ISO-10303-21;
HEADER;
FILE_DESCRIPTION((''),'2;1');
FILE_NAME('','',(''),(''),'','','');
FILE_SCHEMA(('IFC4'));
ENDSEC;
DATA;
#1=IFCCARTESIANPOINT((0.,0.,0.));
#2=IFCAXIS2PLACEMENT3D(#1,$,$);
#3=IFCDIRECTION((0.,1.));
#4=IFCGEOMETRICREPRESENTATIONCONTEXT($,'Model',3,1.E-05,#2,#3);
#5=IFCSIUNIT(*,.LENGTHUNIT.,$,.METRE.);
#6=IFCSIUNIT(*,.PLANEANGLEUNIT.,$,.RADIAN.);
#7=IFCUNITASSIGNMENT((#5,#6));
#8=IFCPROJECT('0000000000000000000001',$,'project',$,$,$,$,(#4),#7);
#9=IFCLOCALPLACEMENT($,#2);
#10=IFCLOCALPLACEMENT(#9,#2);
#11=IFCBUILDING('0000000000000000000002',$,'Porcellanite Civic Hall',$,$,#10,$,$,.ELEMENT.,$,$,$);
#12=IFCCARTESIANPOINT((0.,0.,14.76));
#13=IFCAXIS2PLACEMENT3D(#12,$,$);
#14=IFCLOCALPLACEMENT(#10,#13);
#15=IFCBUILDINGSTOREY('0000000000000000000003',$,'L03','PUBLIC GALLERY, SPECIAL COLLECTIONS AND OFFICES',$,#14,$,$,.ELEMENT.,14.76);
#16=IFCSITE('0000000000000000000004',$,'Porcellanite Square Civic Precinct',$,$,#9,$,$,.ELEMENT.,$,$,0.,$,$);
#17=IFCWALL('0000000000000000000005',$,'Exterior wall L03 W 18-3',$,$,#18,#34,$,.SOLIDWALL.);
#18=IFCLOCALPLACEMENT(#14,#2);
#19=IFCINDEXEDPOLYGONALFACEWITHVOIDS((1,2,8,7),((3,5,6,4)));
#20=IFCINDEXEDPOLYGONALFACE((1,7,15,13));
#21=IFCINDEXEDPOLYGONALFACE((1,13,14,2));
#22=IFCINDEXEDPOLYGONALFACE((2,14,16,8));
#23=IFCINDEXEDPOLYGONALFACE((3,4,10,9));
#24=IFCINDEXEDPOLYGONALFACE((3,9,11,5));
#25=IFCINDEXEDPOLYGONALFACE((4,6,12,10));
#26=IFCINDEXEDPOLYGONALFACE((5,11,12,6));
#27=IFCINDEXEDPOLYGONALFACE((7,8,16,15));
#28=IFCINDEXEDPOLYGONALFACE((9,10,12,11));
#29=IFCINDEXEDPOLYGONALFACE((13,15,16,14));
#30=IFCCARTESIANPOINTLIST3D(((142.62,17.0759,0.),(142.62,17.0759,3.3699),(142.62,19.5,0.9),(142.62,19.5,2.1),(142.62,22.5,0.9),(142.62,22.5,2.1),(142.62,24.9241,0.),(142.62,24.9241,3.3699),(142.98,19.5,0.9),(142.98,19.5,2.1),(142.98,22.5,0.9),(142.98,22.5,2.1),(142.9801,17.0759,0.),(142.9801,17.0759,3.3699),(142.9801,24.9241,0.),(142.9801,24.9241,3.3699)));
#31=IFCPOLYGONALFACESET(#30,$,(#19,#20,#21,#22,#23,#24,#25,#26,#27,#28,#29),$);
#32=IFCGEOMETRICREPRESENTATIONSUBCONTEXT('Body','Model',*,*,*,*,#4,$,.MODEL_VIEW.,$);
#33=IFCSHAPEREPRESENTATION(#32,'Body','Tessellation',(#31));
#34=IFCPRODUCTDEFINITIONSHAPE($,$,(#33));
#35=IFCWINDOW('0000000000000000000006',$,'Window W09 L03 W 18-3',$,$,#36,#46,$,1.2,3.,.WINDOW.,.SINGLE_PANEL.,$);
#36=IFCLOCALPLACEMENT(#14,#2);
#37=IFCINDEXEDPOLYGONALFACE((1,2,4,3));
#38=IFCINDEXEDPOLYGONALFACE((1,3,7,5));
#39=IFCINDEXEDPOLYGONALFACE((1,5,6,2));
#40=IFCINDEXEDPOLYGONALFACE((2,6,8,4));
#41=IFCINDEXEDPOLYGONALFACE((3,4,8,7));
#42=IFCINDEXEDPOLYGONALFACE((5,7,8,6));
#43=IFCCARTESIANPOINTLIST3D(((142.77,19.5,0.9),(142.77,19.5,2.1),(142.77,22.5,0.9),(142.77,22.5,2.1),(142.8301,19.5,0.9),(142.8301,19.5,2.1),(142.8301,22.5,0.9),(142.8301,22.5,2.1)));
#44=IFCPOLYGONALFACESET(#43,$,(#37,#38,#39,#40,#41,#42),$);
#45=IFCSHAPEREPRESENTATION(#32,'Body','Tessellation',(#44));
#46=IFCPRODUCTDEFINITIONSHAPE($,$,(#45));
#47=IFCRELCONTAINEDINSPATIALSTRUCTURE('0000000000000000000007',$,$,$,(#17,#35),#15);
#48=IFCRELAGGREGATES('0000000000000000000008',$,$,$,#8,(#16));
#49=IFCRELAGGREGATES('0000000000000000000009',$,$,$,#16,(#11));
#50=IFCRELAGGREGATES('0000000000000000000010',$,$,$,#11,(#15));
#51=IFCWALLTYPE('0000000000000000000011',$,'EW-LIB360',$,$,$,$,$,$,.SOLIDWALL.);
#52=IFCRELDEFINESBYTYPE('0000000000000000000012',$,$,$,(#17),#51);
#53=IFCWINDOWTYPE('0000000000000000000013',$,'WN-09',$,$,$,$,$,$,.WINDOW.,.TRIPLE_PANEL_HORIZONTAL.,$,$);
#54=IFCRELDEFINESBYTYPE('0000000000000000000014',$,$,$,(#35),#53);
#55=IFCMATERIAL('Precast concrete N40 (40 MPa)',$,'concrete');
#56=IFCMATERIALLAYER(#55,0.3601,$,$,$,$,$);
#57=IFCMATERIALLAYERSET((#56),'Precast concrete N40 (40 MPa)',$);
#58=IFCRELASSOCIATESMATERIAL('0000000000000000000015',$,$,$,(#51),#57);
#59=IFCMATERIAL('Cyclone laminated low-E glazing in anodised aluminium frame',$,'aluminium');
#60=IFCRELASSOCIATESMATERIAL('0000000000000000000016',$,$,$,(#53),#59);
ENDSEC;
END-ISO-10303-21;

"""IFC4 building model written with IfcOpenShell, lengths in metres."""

from ifc_helpers import new_model, si_unit, direction, frame, frame_2d, origin, place, context, subcontext, project, spatial, rectangle, extrude, material, layer, layer_set, type_object, element, fill, save


model = new_model("IFC4")

# Units and contexts
model_context = context("Model", 3, precision=1e-05, world=origin(), true_north=direction((0.0, 1.0)))
body_context = subcontext(model_context, "Body", "Model", "MODEL_VIEW")
ifc_project = project(units=[si_unit("LENGTHUNIT", "METRE"), si_unit("PLANEANGLEUNIT", "RADIAN")], contexts=[model_context])

# Site, building, storey
site_placement = place(None, origin())
site = spatial("IfcSite", under=ifc_project, at=site_placement, Name="Porcellanite Square Civic Precinct", CompositionType="ELEMENT", RefElevation=0.0)
building_placement = place(site_placement, origin())
building = spatial("IfcBuilding", under=site, at=building_placement, Name="Porcellanite Civic Hall", CompositionType="ELEMENT")
storey_placement = place(building_placement, frame((0.0, 0.0, 14.76)))
storey = spatial("IfcBuildingStorey", under=building, at=storey_placement, Name="L03", Description="PUBLIC GALLERY, SPECIAL COLLECTIONS AND OFFICES", CompositionType="ELEMENT", Elevation=14.76)

# Wall, opening, window
ifc_material_1 = material(Name="Precast concrete N40 (40 MPa)", Category="concrete")
ifc_layer_1 = layer(ifc_material_1, 0.3601)
ifc_layer_set_1 = layer_set([ifc_layer_1], Name="Precast concrete N40 (40 MPa)")
wall_type = type_object("IfcWallType", Name="EW-LIB360", PredefinedType="SOLIDWALL", material=ifc_layer_set_1)
wall_placement = place(storey_placement, frame((142.8, 17.0759, 0.0), z_axis=(0.0, 0.0, 1.0), x_axis=(0.0, 1.0, 0.0)))
wall = element("IfcWall", 1, at=wall_placement, inside=storey, type_object=wall_type, Name="Exterior wall L03 W 18-3", PredefinedType="SOLIDWALL", context=body_context, shape_type="SweptSolid", body=[
    extrude(rectangle(XDim=7.8481, YDim=0.3601, at=frame_2d((3.9241, 0.0))), origin(), (0.0, 0.0, 1.0), 3.3699),
])
opening_placement = place(wall_placement, frame((2.4241, 0.0, 0.8999)))
opening = element("IfcOpeningElement", 2, at=opening_placement, cuts=wall, PredefinedType="OPENING", context=body_context, shape_type="SweptSolid", body=[
    extrude(rectangle(XDim=3.0, YDim=1.2, at=frame_2d((1.5, 0.6001))), frame((0.0, 0.1802, 0.0), z_axis=(0.0, -1.0, 0.0), x_axis=(1.0, 0.0, 0.0)), (0.0, 0.0, 1.0), 0.3601),
])
ifc_material_2 = material(Name="Cyclone laminated low-E glazing in anodised aluminium frame", Category="aluminium")
window_type = type_object("IfcWindowType", Name="WN-09", PartitioningType="TRIPLE_PANEL_HORIZONTAL", PredefinedType="WINDOW", material=ifc_material_2)
window_placement = place(opening_placement, origin())
window = element("IfcWindow", 3, at=window_placement, inside=storey, type_object=window_type, Name="Window W09 L03 W 18-3", OverallHeight=1.2, OverallWidth=3.0, PartitioningType="SINGLE_PANEL", PredefinedType="WINDOW", context=body_context, shape_type="SweptSolid", body=[
    extrude(rectangle(XDim=3.0, YDim=1.2, at=frame_2d((1.5, 0.6001))), frame((0.0, 0.03, 0.0), z_axis=(0.0, -1.0, 0.0), x_axis=(1.0, 0.0, 0.0)), (0.0, 0.0, 1.0), 0.0601),
])
fill(opening, window)

save(model, "model.ifc")
